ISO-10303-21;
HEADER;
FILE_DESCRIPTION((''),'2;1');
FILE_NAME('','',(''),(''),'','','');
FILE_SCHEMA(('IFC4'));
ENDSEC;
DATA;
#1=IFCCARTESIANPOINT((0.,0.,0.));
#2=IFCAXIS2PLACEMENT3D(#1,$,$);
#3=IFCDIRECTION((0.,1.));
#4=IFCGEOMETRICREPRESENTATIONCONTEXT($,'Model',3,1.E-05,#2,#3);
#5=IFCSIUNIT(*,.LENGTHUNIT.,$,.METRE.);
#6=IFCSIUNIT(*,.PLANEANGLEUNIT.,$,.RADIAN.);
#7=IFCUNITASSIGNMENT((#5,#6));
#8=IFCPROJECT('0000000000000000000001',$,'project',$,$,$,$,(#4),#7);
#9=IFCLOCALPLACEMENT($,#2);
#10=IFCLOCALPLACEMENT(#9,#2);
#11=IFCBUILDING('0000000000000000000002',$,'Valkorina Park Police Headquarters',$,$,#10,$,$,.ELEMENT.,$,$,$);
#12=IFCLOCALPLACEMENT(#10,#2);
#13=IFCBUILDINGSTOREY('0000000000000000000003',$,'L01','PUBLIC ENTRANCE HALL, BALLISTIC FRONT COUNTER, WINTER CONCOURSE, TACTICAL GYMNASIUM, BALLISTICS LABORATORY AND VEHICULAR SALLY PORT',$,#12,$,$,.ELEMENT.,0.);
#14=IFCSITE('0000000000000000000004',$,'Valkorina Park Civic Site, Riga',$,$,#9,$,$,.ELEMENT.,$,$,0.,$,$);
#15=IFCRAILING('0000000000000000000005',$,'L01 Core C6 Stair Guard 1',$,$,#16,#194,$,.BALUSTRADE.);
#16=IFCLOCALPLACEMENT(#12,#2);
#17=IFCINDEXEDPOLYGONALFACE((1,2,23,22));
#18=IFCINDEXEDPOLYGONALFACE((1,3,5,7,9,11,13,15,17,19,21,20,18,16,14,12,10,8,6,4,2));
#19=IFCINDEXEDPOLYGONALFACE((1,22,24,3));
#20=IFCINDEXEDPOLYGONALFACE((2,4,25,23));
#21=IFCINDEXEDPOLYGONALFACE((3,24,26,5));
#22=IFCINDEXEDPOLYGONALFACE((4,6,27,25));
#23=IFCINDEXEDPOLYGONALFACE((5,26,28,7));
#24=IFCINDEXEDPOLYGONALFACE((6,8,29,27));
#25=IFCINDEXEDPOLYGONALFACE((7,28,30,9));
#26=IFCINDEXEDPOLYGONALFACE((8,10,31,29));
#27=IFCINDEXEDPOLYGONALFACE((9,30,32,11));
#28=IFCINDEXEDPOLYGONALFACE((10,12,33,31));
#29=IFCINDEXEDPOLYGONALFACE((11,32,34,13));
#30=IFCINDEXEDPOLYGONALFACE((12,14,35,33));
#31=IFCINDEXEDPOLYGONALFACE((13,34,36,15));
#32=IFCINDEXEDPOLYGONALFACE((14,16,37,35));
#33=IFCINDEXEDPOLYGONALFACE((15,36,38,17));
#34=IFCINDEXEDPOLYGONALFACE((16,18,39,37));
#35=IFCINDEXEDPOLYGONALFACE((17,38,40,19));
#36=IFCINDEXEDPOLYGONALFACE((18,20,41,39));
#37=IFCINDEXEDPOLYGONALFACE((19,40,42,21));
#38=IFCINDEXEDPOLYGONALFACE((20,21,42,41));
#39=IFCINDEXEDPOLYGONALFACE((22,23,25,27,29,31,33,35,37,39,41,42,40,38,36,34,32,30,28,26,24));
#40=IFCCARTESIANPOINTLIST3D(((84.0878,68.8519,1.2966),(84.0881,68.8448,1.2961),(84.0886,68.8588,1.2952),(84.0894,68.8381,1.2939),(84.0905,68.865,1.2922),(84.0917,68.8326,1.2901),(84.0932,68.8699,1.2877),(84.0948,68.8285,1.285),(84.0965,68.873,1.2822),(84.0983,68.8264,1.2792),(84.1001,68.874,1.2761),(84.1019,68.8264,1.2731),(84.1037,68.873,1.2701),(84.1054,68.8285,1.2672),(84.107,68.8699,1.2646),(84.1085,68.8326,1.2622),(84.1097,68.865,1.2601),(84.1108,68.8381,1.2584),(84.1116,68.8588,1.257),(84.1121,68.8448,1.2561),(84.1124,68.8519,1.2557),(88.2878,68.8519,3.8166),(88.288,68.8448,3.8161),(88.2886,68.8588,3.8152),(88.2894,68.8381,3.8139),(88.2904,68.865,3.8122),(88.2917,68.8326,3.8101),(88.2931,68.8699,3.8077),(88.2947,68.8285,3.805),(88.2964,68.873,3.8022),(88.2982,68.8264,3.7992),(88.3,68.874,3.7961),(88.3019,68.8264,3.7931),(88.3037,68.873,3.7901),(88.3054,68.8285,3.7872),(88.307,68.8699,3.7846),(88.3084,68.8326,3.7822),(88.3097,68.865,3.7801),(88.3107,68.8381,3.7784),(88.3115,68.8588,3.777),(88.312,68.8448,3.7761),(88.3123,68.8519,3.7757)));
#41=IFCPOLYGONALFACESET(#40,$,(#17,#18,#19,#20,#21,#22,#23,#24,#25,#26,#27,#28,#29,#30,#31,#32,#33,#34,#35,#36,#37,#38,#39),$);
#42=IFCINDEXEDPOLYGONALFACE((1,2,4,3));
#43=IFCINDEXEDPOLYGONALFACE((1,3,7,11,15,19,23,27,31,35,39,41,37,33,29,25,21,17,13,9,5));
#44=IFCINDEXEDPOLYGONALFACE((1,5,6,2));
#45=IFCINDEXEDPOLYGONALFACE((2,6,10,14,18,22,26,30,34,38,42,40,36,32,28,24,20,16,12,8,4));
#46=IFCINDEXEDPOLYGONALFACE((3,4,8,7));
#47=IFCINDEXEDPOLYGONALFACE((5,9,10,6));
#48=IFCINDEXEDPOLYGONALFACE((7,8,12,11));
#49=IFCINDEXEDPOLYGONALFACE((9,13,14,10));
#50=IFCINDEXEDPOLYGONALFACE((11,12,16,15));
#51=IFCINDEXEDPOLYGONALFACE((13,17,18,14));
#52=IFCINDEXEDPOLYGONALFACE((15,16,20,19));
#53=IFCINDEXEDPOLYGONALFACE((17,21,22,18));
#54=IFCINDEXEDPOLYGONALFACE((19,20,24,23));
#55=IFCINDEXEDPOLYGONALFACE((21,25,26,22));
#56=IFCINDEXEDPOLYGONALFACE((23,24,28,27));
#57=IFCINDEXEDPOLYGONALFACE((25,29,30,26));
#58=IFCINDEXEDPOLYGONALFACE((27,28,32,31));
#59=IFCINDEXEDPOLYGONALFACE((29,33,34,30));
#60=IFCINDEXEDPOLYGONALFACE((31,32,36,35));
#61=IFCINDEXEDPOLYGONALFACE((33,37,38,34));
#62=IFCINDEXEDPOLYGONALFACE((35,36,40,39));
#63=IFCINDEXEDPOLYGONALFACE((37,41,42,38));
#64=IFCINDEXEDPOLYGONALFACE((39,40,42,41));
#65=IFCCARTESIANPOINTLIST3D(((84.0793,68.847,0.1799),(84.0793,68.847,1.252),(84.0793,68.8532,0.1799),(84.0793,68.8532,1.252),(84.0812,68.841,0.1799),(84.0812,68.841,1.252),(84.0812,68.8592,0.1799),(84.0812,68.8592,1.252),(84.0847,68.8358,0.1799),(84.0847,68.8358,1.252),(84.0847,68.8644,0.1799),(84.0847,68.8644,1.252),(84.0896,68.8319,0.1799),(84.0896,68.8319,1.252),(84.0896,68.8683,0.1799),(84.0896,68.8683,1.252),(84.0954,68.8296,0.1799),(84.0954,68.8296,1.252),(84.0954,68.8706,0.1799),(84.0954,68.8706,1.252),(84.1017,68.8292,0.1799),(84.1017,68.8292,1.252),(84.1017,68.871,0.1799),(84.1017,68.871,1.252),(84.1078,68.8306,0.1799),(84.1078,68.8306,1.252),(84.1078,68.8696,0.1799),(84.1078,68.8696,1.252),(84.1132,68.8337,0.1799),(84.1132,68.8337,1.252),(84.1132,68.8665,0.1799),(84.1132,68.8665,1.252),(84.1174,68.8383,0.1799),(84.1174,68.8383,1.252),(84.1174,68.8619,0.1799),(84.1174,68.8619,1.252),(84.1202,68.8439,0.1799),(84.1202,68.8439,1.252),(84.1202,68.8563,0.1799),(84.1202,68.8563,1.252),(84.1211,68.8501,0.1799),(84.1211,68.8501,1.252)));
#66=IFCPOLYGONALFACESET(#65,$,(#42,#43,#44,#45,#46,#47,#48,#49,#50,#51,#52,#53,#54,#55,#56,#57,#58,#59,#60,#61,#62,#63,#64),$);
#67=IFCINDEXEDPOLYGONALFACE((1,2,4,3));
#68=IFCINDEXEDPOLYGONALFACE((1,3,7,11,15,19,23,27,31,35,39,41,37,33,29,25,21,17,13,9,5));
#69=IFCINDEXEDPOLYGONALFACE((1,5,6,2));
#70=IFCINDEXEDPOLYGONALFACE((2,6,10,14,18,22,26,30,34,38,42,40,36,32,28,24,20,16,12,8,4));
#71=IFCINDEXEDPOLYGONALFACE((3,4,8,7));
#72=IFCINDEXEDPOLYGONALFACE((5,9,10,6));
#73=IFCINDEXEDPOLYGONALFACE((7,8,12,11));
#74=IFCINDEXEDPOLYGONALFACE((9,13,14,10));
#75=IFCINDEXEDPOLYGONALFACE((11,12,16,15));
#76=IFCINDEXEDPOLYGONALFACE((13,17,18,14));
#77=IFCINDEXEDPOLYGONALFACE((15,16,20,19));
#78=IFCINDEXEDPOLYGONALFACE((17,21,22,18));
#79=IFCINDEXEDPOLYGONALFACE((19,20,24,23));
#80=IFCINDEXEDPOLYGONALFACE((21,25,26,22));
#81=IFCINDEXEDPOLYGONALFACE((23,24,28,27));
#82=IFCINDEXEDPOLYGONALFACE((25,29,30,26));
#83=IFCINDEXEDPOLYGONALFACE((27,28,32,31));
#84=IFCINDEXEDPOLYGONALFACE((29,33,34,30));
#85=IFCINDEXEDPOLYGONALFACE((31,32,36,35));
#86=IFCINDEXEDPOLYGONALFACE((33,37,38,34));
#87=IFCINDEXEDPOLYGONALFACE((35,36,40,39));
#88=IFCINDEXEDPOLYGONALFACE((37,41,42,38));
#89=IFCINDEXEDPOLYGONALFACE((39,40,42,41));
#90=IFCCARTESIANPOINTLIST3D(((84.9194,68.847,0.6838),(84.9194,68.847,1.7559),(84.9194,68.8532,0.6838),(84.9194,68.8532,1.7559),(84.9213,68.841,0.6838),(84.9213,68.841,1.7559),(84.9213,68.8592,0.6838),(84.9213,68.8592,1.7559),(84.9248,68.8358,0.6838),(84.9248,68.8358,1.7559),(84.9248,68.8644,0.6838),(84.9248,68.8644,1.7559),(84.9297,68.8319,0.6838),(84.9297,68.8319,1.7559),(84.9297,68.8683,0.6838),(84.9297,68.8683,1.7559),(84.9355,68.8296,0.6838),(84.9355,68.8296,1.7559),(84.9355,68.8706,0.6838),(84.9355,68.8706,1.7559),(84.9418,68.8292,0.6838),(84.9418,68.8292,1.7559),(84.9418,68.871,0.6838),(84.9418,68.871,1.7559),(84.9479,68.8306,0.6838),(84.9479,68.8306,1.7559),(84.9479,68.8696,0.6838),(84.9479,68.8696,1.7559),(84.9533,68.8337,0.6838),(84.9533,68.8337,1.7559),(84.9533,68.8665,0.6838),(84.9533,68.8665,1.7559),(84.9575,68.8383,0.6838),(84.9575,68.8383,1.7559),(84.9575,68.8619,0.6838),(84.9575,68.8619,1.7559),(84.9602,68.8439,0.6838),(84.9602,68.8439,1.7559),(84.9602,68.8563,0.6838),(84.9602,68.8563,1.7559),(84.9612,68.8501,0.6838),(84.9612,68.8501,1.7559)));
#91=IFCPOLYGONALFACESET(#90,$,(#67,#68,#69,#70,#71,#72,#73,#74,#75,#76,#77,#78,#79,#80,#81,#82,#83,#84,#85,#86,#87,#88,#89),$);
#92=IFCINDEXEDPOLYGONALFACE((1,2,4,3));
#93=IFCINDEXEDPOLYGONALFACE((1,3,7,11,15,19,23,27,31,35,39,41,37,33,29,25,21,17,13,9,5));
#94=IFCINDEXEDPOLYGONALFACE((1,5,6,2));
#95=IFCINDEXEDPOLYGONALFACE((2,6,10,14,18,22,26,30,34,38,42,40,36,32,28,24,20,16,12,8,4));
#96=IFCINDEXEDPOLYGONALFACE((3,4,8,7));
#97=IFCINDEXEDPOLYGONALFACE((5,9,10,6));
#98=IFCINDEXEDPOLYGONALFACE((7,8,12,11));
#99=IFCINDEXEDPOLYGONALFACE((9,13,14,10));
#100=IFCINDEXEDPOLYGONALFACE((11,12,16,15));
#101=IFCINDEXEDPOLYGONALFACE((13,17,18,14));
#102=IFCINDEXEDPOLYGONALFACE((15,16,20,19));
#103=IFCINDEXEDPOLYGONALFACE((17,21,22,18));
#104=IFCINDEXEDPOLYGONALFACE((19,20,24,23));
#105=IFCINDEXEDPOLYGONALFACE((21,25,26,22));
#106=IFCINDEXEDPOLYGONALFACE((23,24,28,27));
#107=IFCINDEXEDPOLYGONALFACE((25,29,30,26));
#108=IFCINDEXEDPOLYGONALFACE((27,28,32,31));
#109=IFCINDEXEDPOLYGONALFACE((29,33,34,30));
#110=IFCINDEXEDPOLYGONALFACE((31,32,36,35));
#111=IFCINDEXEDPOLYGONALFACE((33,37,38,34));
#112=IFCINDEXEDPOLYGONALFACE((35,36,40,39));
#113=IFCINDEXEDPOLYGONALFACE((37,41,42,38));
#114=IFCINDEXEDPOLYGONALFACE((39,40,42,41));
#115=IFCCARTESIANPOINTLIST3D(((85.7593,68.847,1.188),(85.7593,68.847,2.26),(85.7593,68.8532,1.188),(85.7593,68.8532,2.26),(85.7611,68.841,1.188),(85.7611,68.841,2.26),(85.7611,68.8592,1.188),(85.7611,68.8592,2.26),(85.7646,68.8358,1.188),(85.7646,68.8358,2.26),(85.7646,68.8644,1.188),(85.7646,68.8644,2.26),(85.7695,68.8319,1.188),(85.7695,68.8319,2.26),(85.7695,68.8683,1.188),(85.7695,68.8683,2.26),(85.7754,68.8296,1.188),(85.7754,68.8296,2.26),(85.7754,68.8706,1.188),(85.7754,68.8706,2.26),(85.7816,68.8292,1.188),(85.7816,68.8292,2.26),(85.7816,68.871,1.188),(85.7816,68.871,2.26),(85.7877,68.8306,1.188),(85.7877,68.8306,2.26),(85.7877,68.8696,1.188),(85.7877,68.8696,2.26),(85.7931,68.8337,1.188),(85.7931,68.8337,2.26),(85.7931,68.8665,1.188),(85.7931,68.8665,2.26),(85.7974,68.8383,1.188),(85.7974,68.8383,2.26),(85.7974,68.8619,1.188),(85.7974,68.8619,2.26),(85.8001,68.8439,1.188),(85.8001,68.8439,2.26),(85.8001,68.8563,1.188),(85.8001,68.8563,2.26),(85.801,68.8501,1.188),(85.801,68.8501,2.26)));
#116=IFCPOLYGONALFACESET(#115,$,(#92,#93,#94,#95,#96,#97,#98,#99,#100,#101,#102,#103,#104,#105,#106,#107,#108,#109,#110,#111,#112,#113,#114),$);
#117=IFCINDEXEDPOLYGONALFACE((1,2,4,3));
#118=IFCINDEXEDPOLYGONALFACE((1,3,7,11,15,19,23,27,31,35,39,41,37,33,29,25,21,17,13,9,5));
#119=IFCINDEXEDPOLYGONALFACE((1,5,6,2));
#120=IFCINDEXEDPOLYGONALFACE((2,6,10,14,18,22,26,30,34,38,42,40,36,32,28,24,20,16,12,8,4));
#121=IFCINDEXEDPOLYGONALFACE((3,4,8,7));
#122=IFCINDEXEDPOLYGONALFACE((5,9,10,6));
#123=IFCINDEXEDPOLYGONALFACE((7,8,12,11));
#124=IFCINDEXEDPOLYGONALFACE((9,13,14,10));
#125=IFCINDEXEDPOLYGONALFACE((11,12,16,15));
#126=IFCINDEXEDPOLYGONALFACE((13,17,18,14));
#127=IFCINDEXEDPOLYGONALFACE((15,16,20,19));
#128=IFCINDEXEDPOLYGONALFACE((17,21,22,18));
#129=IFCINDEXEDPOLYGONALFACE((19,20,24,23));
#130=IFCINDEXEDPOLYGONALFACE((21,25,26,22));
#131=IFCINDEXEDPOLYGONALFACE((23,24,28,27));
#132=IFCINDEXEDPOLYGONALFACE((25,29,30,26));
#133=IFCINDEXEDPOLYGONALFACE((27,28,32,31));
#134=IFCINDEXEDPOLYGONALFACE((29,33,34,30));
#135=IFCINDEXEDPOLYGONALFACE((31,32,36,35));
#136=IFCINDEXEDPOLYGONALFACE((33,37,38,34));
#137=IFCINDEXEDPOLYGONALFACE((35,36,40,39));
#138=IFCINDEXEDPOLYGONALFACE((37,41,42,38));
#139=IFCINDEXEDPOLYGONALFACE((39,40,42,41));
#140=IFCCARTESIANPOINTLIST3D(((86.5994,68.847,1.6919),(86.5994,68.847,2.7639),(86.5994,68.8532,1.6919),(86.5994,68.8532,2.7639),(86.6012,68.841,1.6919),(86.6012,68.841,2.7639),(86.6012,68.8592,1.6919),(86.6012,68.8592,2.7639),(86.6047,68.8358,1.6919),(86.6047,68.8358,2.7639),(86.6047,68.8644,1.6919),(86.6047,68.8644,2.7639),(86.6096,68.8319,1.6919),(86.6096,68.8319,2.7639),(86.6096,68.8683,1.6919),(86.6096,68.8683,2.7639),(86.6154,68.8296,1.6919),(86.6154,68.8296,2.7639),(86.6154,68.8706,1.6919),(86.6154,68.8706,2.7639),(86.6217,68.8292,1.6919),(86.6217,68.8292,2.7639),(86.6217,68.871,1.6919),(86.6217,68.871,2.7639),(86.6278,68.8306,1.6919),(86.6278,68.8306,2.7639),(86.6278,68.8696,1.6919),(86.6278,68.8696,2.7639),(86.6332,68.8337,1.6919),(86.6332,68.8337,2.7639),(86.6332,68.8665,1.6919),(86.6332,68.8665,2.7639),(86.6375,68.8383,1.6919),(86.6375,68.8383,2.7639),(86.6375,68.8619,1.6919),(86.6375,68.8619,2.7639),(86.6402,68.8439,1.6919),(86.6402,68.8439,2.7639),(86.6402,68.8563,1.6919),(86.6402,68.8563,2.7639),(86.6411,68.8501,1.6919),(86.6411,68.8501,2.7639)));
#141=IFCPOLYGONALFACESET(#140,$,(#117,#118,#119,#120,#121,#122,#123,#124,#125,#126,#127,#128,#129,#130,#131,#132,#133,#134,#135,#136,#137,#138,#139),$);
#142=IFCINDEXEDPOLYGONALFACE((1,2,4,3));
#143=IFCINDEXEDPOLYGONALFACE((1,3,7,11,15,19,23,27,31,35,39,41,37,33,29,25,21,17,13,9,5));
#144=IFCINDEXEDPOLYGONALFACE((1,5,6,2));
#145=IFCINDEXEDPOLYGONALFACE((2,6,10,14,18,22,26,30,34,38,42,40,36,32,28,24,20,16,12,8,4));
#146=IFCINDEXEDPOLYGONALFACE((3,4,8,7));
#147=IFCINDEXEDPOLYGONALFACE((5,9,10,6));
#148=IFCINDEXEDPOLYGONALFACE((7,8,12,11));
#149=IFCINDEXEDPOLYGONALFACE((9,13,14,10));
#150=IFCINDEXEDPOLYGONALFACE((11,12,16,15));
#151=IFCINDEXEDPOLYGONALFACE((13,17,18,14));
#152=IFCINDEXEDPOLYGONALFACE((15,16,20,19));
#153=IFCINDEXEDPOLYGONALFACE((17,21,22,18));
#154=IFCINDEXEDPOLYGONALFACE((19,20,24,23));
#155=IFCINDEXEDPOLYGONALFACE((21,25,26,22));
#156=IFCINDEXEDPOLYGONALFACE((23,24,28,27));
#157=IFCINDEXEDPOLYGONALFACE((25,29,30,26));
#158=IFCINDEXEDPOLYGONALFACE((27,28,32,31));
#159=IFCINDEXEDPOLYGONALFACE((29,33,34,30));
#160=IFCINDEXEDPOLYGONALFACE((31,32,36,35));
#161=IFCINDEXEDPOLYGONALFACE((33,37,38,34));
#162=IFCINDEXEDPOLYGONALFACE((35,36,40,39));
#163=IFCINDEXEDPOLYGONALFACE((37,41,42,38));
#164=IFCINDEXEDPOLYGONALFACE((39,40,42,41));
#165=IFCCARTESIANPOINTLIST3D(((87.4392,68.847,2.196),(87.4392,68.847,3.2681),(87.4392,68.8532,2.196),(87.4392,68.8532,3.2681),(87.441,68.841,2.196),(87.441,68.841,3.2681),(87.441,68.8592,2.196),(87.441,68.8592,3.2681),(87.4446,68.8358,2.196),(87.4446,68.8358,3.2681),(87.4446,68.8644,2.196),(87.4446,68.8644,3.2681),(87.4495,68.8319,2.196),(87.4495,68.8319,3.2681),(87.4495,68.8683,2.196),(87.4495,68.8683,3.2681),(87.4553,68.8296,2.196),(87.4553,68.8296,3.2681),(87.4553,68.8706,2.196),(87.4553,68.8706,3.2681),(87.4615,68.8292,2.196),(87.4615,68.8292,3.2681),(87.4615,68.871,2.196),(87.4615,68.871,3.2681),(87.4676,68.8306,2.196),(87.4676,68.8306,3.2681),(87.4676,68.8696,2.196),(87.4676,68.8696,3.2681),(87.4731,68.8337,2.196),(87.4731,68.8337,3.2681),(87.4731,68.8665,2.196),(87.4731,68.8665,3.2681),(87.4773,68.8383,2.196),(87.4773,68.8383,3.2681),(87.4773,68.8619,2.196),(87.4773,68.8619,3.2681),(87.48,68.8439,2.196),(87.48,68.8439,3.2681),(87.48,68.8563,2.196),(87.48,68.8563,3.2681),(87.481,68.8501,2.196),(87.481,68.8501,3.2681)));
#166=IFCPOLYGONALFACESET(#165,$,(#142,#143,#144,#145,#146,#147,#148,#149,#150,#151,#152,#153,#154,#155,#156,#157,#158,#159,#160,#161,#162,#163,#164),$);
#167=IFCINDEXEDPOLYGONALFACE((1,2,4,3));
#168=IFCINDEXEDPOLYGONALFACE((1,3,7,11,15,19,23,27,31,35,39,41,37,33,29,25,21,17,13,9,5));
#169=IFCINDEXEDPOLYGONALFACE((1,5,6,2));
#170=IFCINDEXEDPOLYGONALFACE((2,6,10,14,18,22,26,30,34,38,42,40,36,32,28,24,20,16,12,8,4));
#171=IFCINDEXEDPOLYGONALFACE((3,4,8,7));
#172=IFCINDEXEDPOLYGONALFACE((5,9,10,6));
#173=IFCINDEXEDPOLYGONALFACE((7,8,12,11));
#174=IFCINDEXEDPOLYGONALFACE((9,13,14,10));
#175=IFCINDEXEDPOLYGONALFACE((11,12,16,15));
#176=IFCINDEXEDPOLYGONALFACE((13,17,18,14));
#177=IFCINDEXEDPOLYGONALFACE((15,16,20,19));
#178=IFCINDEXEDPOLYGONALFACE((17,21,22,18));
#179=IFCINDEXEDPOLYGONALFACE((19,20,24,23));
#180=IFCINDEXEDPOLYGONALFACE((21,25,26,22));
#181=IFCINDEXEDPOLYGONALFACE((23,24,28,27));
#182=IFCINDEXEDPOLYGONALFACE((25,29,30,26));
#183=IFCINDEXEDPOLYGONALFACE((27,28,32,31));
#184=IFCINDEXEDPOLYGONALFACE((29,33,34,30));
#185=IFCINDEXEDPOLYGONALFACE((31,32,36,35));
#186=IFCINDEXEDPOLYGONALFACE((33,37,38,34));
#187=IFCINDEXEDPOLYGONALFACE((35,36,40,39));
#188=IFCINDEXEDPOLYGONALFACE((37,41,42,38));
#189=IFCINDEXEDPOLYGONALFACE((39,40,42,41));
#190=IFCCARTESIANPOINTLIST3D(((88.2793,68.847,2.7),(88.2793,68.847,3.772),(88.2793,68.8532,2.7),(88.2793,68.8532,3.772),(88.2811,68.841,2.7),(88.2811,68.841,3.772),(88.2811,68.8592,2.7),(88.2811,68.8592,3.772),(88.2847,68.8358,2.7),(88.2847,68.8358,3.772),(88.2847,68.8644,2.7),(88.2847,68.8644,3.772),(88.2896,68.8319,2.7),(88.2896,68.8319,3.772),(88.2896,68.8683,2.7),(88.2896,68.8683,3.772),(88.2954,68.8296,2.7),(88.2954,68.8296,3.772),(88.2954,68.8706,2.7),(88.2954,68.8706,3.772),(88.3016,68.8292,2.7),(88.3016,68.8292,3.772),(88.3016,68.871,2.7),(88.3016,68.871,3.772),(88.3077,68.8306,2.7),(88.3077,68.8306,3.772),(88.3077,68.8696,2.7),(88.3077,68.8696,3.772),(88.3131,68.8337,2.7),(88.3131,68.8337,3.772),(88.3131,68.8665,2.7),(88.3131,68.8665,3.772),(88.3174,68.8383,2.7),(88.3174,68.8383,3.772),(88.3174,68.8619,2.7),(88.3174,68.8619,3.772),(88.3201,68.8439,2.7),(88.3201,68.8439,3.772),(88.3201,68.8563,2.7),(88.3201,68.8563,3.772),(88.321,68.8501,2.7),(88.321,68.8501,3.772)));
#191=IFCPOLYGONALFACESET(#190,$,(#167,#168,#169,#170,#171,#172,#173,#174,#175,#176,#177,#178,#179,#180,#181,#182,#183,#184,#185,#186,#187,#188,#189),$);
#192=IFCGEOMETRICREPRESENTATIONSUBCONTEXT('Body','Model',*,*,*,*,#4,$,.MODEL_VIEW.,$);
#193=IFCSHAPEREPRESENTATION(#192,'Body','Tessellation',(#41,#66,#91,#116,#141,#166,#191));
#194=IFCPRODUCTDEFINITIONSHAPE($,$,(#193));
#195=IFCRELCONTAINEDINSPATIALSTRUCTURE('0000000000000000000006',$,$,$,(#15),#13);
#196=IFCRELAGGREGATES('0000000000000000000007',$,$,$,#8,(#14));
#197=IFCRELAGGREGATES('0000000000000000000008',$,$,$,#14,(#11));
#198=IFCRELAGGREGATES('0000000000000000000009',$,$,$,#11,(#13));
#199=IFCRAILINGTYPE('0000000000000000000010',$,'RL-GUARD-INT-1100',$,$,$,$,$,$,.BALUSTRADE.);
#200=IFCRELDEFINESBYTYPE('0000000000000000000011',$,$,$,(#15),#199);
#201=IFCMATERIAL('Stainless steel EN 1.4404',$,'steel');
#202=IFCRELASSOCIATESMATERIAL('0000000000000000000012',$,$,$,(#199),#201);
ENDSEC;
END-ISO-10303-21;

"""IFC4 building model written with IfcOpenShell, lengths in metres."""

from ifc_helpers import new_model, si_unit, direction, frame, origin, origin_2d, place, context, subcontext, project, spatial, circle, extrude, material, type_object, element, save


model = new_model("IFC4")

# Units and contexts
model_context = context("Model", 3, precision=1e-05, world=origin(), true_north=direction((0.0, 1.0)))
body_context = subcontext(model_context, "Body", "Model", "MODEL_VIEW")
ifc_project = project(units=[si_unit("LENGTHUNIT", "METRE"), si_unit("PLANEANGLEUNIT", "RADIAN")], contexts=[model_context])

# Site, building, storey
site_placement = place(None, origin())
site = spatial("IfcSite", under=ifc_project, at=site_placement, Name="Valkorina Park Civic Site, Riga", CompositionType="ELEMENT", RefElevation=0.0)
building_placement = place(site_placement, origin())
building = spatial("IfcBuilding", under=site, at=building_placement, Name="Valkorina Park Police Headquarters", CompositionType="ELEMENT")
storey_placement = place(building_placement, origin())
storey = spatial("IfcBuildingStorey", under=building, at=storey_placement, Name="L01", Description="PUBLIC ENTRANCE HALL, BALLISTIC FRONT COUNTER, WINTER CONCOURSE, TACTICAL GYMNASIUM, BALLISTICS LABORATORY AND VEHICULAR SALLY PORT", CompositionType="ELEMENT", Elevation=0.0)

# Shared definitions
ifc_material_1 = material(Name="Stainless steel EN 1.4404", Category="steel")

# Railing
railing_type_1 = type_object("IfcRailingType", Name="RL-GUARD-INT-1100", PredefinedType="BALUSTRADE", material=ifc_material_1)
railing_1_placement = place(storey_placement, frame((84.1001, 68.8501, 0.1799)))
element("IfcRailing", 1, at=railing_1_placement, inside=storey, type_object=railing_type_1, Name="L01 Core C6 Stair Guard 1", PredefinedType="BALUSTRADE", context=body_context, shape_type="SweptSolid", body=[
    extrude(circle(Radius=0.0239, at=origin_2d()), frame((0.0, 0.0, 1.0962), z_axis=(0.857489, 0.0, 0.514503), x_axis=(0.0, 1.0, 0.0)), (0.0, 0.0, 1.0), 4.8979),
    extrude(circle(Radius=0.021, at=origin_2d()), origin(), (0.0, 0.0, 1.0), 1.072),
    extrude(circle(Radius=0.021, at=origin_2d()), frame((0.8401, 0.0, 0.5039)), (0.0, 0.0, 1.0), 1.072),
    extrude(circle(Radius=0.021, at=origin_2d()), frame((1.6799, 0.0, 1.0081)), (0.0, 0.0, 1.0), 1.072),
    extrude(circle(Radius=0.021, at=origin_2d()), frame((2.52, 0.0, 1.512)), (0.0, 0.0, 1.0), 1.072),
    extrude(circle(Radius=0.021, at=origin_2d()), frame((3.3599, 0.0, 2.0161)), (0.0, 0.0, 1.0), 1.072),
    extrude(circle(Radius=0.021, at=origin_2d()), frame((4.2, 0.0, 2.52)), (0.0, 0.0, 1.0), 1.072),
])

save(model, "model.ifc")
